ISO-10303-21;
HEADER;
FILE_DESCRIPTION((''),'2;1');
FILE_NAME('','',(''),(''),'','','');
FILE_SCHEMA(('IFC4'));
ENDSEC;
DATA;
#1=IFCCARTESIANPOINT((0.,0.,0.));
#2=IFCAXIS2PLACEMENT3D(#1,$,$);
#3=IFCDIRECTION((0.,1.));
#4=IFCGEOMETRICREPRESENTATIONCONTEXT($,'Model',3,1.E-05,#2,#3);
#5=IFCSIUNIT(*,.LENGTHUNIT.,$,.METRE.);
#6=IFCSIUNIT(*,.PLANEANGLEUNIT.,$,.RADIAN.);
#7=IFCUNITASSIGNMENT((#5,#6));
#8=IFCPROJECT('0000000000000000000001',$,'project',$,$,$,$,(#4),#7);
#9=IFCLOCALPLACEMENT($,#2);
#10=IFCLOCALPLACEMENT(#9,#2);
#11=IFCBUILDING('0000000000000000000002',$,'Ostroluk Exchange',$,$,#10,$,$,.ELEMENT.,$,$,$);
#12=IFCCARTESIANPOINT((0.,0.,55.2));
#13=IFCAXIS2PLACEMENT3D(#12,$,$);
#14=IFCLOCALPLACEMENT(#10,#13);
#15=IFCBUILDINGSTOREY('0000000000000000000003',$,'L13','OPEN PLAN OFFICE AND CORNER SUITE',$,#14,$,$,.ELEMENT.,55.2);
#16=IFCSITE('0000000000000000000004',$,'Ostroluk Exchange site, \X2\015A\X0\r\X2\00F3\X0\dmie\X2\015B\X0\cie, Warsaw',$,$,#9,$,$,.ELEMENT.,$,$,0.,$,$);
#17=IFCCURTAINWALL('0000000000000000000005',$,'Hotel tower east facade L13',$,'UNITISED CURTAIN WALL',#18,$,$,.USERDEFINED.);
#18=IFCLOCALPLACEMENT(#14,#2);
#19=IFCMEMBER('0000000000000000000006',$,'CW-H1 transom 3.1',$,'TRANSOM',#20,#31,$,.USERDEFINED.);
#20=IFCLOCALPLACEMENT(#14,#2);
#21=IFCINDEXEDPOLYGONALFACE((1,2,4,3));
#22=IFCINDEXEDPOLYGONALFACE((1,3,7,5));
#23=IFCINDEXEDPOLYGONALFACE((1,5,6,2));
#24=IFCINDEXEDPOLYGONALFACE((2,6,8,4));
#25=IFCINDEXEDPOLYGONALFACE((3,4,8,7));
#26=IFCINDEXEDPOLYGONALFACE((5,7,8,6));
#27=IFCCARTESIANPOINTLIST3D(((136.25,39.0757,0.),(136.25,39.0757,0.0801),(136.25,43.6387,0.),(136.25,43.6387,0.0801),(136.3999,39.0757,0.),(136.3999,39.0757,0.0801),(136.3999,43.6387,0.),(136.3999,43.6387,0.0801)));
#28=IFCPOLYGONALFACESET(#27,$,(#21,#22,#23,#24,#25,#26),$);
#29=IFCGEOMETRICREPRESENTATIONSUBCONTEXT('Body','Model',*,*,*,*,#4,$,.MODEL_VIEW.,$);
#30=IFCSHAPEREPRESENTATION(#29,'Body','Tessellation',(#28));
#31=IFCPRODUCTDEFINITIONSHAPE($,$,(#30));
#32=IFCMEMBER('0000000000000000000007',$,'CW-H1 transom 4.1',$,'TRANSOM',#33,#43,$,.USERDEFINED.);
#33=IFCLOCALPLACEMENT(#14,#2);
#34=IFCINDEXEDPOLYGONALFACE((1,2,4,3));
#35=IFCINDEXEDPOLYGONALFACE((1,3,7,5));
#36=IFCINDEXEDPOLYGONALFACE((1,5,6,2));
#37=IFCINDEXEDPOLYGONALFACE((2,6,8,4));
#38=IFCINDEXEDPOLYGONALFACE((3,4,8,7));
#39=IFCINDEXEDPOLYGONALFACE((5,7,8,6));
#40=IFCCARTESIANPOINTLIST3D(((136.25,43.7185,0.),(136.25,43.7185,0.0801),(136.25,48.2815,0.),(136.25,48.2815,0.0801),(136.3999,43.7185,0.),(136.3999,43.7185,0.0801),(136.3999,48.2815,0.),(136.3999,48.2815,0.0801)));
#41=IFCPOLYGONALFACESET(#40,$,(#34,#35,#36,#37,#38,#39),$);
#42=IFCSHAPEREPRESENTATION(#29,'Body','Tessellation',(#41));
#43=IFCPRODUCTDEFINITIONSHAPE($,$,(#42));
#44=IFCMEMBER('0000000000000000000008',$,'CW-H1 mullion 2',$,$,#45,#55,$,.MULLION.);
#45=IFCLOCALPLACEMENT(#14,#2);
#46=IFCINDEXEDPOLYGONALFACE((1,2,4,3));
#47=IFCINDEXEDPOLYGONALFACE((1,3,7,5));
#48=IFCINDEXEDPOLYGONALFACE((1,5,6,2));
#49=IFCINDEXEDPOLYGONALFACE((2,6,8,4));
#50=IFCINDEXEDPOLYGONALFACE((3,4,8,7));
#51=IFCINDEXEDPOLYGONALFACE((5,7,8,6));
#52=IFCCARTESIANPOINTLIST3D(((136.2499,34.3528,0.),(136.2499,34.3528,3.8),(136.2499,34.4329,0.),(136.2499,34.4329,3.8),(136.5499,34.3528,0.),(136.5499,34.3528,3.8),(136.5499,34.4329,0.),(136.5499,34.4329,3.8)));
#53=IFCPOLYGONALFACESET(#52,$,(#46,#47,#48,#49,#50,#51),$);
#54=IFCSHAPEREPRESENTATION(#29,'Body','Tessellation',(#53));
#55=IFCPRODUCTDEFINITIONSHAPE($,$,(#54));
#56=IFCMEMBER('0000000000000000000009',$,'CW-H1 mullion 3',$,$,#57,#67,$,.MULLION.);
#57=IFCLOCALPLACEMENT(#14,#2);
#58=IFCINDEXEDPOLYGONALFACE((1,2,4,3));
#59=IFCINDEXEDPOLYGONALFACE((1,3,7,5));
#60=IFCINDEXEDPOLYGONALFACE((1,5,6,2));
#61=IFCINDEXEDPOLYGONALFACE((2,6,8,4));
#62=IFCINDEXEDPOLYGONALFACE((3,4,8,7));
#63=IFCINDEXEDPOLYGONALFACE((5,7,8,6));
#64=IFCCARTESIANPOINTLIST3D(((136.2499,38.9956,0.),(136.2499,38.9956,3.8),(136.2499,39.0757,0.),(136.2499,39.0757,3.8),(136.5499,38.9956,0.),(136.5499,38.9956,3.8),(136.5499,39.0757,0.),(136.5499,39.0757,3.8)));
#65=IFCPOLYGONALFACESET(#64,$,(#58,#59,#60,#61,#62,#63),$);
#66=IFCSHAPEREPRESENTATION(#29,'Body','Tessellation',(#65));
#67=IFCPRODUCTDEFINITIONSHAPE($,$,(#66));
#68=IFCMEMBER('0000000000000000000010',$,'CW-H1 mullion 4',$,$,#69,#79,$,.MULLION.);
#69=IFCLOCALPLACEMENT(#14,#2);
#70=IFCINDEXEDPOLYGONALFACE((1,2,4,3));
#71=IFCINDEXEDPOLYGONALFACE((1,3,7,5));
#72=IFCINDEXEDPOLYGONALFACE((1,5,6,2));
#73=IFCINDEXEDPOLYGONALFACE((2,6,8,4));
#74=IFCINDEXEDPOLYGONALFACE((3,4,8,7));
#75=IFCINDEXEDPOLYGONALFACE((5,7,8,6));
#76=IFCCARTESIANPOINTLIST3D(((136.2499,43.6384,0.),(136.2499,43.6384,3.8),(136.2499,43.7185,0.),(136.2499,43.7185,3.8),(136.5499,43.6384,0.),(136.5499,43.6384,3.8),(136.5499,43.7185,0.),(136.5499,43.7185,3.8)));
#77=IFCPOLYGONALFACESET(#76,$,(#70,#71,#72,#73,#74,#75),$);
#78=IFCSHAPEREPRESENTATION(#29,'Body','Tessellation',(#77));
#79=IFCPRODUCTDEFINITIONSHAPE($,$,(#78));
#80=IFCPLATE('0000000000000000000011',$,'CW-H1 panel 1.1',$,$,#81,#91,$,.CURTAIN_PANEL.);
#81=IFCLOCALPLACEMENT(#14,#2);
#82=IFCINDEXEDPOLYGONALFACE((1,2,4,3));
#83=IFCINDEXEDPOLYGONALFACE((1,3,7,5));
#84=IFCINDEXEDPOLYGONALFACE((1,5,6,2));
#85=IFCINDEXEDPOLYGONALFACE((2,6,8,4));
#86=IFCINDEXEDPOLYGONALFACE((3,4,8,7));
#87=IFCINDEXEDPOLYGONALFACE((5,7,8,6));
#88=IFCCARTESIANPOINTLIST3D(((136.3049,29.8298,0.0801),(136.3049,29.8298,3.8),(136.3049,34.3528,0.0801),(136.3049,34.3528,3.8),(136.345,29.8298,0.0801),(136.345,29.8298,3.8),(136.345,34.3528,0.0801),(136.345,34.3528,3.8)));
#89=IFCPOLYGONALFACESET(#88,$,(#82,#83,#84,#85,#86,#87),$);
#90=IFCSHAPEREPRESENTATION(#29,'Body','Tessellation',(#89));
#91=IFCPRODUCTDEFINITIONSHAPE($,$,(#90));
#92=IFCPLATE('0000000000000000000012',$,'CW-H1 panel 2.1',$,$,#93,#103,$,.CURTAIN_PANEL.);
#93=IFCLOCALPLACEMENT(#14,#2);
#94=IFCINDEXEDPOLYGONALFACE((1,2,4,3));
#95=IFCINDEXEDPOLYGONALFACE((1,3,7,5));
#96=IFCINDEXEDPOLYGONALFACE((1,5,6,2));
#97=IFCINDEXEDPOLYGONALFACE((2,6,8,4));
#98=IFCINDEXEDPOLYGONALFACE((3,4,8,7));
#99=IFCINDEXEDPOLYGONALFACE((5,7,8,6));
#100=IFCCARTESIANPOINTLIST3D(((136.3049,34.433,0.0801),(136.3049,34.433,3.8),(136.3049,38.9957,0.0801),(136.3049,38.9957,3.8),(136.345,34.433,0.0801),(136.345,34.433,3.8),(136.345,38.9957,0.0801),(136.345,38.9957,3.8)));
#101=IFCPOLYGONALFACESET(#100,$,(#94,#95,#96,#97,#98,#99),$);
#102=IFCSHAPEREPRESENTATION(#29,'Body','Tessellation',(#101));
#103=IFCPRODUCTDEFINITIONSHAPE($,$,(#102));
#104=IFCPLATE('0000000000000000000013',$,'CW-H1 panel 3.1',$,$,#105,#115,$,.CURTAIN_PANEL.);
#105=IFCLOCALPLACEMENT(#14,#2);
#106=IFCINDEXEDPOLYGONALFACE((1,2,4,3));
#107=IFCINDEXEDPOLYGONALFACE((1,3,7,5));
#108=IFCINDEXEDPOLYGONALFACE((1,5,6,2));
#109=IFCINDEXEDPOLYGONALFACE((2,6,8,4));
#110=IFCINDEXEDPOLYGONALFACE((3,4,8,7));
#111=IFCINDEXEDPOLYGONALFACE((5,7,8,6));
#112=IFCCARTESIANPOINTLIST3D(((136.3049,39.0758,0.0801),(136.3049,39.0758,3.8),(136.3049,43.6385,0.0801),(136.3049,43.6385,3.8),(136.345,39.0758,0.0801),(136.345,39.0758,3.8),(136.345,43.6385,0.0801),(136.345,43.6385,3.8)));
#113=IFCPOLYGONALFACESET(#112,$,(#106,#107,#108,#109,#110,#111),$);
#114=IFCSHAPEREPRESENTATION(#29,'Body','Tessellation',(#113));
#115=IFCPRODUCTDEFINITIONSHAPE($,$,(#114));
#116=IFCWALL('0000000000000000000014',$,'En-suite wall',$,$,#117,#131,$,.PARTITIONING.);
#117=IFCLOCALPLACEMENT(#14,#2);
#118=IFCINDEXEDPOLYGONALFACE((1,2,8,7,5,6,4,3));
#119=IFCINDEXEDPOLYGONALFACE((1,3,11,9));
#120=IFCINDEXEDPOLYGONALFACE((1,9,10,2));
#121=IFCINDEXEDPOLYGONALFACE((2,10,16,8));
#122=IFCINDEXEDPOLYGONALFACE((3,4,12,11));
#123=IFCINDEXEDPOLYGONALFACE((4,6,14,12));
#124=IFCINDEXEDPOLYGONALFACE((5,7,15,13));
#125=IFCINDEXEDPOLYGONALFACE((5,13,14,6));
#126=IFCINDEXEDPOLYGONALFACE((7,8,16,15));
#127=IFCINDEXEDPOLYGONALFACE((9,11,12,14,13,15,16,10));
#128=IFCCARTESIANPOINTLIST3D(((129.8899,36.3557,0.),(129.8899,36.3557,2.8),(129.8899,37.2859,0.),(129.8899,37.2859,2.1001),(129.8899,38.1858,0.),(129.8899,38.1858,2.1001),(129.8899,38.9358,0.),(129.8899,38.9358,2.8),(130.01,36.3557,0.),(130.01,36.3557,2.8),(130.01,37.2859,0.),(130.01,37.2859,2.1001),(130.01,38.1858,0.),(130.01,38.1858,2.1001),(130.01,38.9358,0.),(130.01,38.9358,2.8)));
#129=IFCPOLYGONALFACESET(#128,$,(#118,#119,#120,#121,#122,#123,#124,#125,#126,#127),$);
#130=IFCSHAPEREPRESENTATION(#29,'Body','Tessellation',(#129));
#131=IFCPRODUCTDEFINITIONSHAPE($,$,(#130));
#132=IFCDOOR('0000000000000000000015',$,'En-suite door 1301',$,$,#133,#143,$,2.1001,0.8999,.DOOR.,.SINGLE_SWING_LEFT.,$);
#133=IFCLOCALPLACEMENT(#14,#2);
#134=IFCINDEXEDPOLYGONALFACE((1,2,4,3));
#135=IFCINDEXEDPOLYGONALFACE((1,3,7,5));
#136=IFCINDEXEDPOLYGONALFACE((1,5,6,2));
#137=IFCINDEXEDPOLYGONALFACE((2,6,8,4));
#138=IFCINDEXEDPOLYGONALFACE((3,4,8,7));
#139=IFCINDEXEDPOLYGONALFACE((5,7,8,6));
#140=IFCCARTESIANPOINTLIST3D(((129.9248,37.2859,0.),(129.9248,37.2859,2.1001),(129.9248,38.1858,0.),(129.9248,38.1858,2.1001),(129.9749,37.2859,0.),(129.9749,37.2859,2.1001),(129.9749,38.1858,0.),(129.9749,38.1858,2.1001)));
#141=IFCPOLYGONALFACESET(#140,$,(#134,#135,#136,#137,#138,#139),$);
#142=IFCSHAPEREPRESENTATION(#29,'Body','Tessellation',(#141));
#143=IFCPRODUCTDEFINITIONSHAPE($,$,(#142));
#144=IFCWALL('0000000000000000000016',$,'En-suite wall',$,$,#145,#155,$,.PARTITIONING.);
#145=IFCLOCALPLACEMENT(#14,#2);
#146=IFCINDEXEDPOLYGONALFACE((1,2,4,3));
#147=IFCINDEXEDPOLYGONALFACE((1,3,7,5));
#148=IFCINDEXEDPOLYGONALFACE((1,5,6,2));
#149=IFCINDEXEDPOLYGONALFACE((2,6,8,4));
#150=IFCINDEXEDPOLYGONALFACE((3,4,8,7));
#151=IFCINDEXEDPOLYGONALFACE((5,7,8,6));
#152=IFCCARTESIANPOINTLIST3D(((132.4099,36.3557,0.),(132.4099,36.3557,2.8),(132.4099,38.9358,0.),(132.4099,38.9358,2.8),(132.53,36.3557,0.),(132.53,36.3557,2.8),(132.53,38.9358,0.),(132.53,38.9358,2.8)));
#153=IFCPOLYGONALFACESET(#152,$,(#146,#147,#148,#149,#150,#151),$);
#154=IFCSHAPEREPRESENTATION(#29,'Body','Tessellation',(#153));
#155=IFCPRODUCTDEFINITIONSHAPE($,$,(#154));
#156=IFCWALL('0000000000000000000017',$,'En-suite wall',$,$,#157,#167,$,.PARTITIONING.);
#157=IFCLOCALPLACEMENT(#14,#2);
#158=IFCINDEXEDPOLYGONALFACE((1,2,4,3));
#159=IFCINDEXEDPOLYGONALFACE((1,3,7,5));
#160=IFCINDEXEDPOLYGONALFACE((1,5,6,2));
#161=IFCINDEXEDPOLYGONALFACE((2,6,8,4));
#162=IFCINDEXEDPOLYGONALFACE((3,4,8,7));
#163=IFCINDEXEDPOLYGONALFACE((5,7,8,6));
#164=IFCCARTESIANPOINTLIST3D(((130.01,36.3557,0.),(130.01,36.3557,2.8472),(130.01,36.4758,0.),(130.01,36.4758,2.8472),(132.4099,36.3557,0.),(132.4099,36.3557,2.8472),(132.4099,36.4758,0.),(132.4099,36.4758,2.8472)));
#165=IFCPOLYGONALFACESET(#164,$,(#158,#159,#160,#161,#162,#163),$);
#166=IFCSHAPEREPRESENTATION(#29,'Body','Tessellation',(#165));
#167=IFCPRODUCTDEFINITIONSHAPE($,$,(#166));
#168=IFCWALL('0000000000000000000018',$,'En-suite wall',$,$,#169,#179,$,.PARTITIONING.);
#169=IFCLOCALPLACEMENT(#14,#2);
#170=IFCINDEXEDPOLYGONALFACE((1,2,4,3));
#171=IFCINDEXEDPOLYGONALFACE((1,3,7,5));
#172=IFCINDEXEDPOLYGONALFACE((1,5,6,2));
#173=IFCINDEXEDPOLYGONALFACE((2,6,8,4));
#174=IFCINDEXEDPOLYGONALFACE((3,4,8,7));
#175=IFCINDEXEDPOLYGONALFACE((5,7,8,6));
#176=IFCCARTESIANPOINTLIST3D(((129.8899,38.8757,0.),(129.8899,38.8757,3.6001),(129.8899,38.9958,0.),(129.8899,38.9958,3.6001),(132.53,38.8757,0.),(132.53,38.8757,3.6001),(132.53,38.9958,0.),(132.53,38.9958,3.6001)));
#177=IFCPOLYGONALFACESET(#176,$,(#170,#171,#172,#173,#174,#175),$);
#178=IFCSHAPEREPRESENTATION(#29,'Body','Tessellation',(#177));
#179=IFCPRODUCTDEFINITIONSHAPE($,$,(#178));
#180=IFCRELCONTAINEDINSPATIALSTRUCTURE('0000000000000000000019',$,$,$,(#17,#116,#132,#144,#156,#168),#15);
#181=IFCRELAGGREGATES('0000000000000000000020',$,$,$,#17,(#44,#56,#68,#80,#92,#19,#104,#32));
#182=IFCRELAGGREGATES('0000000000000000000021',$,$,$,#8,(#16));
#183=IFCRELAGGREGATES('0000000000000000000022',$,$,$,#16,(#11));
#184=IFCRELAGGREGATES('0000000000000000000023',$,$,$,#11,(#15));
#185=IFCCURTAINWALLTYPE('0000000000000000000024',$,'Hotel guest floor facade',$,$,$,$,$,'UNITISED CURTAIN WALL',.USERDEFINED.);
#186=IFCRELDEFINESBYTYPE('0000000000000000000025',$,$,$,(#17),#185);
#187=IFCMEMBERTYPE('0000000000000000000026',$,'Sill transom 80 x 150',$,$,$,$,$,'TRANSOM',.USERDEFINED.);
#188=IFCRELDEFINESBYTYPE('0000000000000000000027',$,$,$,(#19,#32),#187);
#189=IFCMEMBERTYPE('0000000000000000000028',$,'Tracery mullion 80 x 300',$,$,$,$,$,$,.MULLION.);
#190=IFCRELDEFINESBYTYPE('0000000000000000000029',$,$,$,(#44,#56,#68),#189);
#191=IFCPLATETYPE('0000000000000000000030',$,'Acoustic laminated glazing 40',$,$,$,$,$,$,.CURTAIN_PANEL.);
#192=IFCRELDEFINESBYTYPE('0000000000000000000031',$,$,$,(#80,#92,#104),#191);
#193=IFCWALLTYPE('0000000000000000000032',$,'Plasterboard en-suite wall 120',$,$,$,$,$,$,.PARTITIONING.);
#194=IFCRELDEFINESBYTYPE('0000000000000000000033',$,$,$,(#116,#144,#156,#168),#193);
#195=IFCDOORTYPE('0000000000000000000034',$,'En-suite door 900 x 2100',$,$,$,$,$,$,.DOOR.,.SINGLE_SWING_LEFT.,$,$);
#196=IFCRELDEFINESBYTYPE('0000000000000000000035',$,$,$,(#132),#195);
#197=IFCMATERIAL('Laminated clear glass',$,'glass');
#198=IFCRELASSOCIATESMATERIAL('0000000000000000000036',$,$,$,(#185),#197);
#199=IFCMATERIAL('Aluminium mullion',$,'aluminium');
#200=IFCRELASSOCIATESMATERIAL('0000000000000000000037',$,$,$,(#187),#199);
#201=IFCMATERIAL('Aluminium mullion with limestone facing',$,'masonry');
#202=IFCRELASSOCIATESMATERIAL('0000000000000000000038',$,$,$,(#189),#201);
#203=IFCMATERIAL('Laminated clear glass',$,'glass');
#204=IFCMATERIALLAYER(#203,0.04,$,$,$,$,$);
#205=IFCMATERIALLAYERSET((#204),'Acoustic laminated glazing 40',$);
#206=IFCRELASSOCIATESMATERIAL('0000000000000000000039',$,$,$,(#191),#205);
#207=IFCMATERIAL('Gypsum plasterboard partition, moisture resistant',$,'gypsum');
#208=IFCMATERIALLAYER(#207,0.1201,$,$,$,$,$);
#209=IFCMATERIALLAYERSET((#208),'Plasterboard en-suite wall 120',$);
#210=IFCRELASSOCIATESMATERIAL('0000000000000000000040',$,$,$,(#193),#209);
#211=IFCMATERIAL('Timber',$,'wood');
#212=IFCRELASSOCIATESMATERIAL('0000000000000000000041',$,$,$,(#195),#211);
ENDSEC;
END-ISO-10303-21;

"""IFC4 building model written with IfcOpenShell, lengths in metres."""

from ifc_helpers import new_model, si_unit, direction, frame, frame_2d, origin, origin_2d, place, context, subcontext, project, spatial, rectangle, extrude, material, layer, layer_set, material_profile, profile_set, type_object, element, fill, aggregate, save


model = new_model("IFC4")

# Units and contexts
model_context = context("Model", 3, precision=1e-05, world=origin(), true_north=direction((0.0, 1.0)))
body_context = subcontext(model_context, "Body", "Model", "MODEL_VIEW")
ifc_project = project(units=[si_unit("LENGTHUNIT", "METRE"), si_unit("PLANEANGLEUNIT", "RADIAN")], contexts=[model_context])

# Site, building, storey
site_placement = place(None, origin())
site = spatial("IfcSite", under=ifc_project, at=site_placement, Name="Ostroluk Exchange site, Śródmieście, Warsaw", CompositionType="ELEMENT", RefElevation=0.0)
building_placement = place(site_placement, origin())
building = spatial("IfcBuilding", under=site, at=building_placement, Name="Ostroluk Exchange", CompositionType="ELEMENT")
storey_placement = place(building_placement, frame((0.0, 0.0, 55.2)))
storey = spatial("IfcBuildingStorey", under=building, at=storey_placement, Name="L13", Description="OPEN PLAN OFFICE AND CORNER SUITE", CompositionType="ELEMENT", Elevation=55.2)

# Curtain wall, members, plates
ifc_material_1 = material(Name="Laminated clear glass", Category="glass")
curtain_wall_type = type_object("IfcCurtainWallType", Name="Hotel guest floor facade", ElementType="UNITISED CURTAIN WALL", PredefinedType="USERDEFINED", material=ifc_material_1)
curtain_wall_placement = place(storey_placement, origin())
curtain_wall = element("IfcCurtainWall", 1, at=curtain_wall_placement, inside=storey, type_object=curtain_wall_type, Name="Hotel tower east facade L13", ObjectType="UNITISED CURTAIN WALL", PredefinedType="USERDEFINED")
ifc_material_2 = material(Name="Aluminium mullion", Category="aluminium")
ifc_material_profile_1 = material_profile(ifc_material_2, rectangle(XDim=0.1499, YDim=0.0801, at=origin_2d()), Name="Sill transom 80 x 150")
ifc_profile_set_1 = profile_set([ifc_material_profile_1], Name="Aluminium mullion")
member_type_1 = type_object("IfcMemberType", Name="Sill transom 80 x 150", ElementType="TRANSOM", PredefinedType="USERDEFINED", material=ifc_profile_set_1)
member_1_placement = place(storey_placement, frame((136.325, 39.0757, 0.04), z_axis=(0.0, 1.0, 0.0), x_axis=(-1.0, 0.0, 0.0)))
member_1 = element("IfcMember", 2, at=member_1_placement, type_object=member_type_1, Name="CW-H1 transom 3.1", ObjectType="TRANSOM", PredefinedType="USERDEFINED", context=body_context, shape_type="SweptSolid", body=[
    extrude(rectangle(XDim=0.1499, YDim=0.0801, at=origin_2d()), origin(), (0.0, 0.0, 1.0), 4.563),
])
member_2_placement = place(storey_placement, frame((136.325, 43.7185, 0.04), z_axis=(0.0, 1.0, 0.0), x_axis=(-1.0, 0.0, 0.0)))
member_2 = element("IfcMember", 3, at=member_2_placement, type_object=member_type_1, Name="CW-H1 transom 4.1", ObjectType="TRANSOM", PredefinedType="USERDEFINED", context=body_context, shape_type="SweptSolid", body=[
    extrude(rectangle(XDim=0.1499, YDim=0.0801, at=origin_2d()), origin(), (0.0, 0.0, 1.0), 4.563),
])
ifc_material_3 = material(Name="Aluminium mullion with limestone facing", Category="masonry")
ifc_material_profile_2 = material_profile(ifc_material_3, rectangle(XDim=0.3, YDim=0.0801, at=origin_2d()), Name="Tracery mullion 80 x 300")
ifc_profile_set_2 = profile_set([ifc_material_profile_2], Name="Aluminium mullion with limestone facing")
member_type_2 = type_object("IfcMemberType", Name="Tracery mullion 80 x 300", PredefinedType="MULLION", material=ifc_profile_set_2)
member_3_placement = place(storey_placement, frame((136.3999, 34.3928, 0.0), z_axis=(0.0, 0.0, 1.0), x_axis=(-1.0, 0.0, 0.0)))
member_3 = element("IfcMember", 4, at=member_3_placement, type_object=member_type_2, Name="CW-H1 mullion 2", PredefinedType="MULLION", context=body_context, shape_type="SweptSolid", body=[
    extrude(rectangle(XDim=0.3, YDim=0.0801, at=origin_2d()), origin(), (0.0, 0.0, 1.0), 3.8),
])
member_4_placement = place(storey_placement, frame((136.3999, 39.0356, 0.0), z_axis=(0.0, 0.0, 1.0), x_axis=(-1.0, 0.0, 0.0)))
member_4 = element("IfcMember", 5, at=member_4_placement, type_object=member_type_2, Name="CW-H1 mullion 3", PredefinedType="MULLION", context=body_context, shape_type="SweptSolid", body=[
    extrude(rectangle(XDim=0.3, YDim=0.0801, at=origin_2d()), origin(), (0.0, 0.0, 1.0), 3.8),
])
member_5_placement = place(storey_placement, frame((136.3999, 43.6785, 0.0), z_axis=(0.0, 0.0, 1.0), x_axis=(-1.0, 0.0, 0.0)))
member_5 = element("IfcMember", 6, at=member_5_placement, type_object=member_type_2, Name="CW-H1 mullion 4", PredefinedType="MULLION", context=body_context, shape_type="SweptSolid", body=[
    extrude(rectangle(XDim=0.3, YDim=0.0801, at=origin_2d()), origin(), (0.0, 0.0, 1.0), 3.8),
])
ifc_material_4 = material(Name="Laminated clear glass", Category="glass")
ifc_layer_1 = layer(ifc_material_4, 0.04)
ifc_layer_set_1 = layer_set([ifc_layer_1], Name="Acoustic laminated glazing 40")
plate_type = type_object("IfcPlateType", Name="Acoustic laminated glazing 40", PredefinedType="CURTAIN_PANEL", material=ifc_layer_set_1)
plate_1_placement = place(storey_placement, frame((136.325, 32.0913, 0.0801), z_axis=(0.0, 0.0, 1.0), x_axis=(0.0, 1.0, 0.0)))
plate_1 = element("IfcPlate", 7, at=plate_1_placement, type_object=plate_type, Name="CW-H1 panel 1.1", PredefinedType="CURTAIN_PANEL", context=body_context, shape_type="SweptSolid", body=[
    extrude(rectangle(XDim=4.5229, YDim=0.04, at=origin_2d()), origin(), (0.0, 0.0, 1.0), 3.72),
])
plate_2_placement = place(storey_placement, frame((136.325, 36.7144, 0.0801), z_axis=(0.0, 0.0, 1.0), x_axis=(0.0, 1.0, 0.0)))
plate_2 = element("IfcPlate", 8, at=plate_2_placement, type_object=plate_type, Name="CW-H1 panel 2.1", PredefinedType="CURTAIN_PANEL", context=body_context, shape_type="SweptSolid", body=[
    extrude(rectangle(XDim=4.5627, YDim=0.04, at=origin_2d()), origin(), (0.0, 0.0, 1.0), 3.72),
])
plate_3_placement = place(storey_placement, frame((136.325, 41.3572, 0.0801), z_axis=(0.0, 0.0, 1.0), x_axis=(0.0, 1.0, 0.0)))
plate_3 = element("IfcPlate", 9, at=plate_3_placement, type_object=plate_type, Name="CW-H1 panel 3.1", PredefinedType="CURTAIN_PANEL", context=body_context, shape_type="SweptSolid", body=[
    extrude(rectangle(XDim=4.5627, YDim=0.04, at=origin_2d()), origin(), (0.0, 0.0, 1.0), 3.72),
])
aggregate(curtain_wall, [member_3, member_4, member_5, plate_1, plate_2, member_1, plate_3, member_2])

# Wall, opening, door
ifc_material_5 = material(Name="Gypsum plasterboard partition, moisture resistant", Category="gypsum")
ifc_layer_2 = layer(ifc_material_5, 0.1201)
ifc_layer_set_2 = layer_set([ifc_layer_2], Name="Plasterboard en-suite wall 120")
wall_type_1 = type_object("IfcWallType", Name="Plasterboard en-suite wall 120", PredefinedType="PARTITIONING", material=ifc_layer_set_2)
wall_1_placement = place(storey_placement, frame((129.95, 38.9358, 0.0), z_axis=(0.0, 0.0, 1.0), x_axis=(0.0, -1.0, 0.0)))
wall_1 = element("IfcWall", 10, at=wall_1_placement, inside=storey, type_object=wall_type_1, Name="En-suite wall", PredefinedType="PARTITIONING", context=body_context, shape_type="SweptSolid", body=[
    extrude(rectangle(XDim=2.5801, YDim=0.1201, at=frame_2d((1.29, 0.0))), origin(), (0.0, 0.0, 1.0), 2.8),
])
opening_1_placement = place(wall_1_placement, frame((0.75, 0.0, 0.0)))
opening_1 = element("IfcOpeningElement", 11, at=opening_1_placement, cuts=wall_1, PredefinedType="OPENING", context=body_context, shape_type="SweptSolid", body=[
    extrude(rectangle(XDim=0.8999, YDim=2.1001, at=frame_2d((0.45, 1.05))), frame((0.0, 0.0701, 0.0), z_axis=(0.0, -1.0, 0.0), x_axis=(1.0, 0.0, 0.0)), (0.0, 0.0, 1.0), 0.1401),
])
ifc_material_6 = material(Name="Timber", Category="wood")
door_type_1 = type_object("IfcDoorType", Name="En-suite door 900 x 2100", OperationType="SINGLE_SWING_LEFT", PredefinedType="DOOR", material=ifc_material_6)
door_1_placement = place(opening_1_placement, origin())
door_1 = element("IfcDoor", 12, at=door_1_placement, inside=storey, type_object=door_type_1, Name="En-suite door 1301", OperationType="SINGLE_SWING_LEFT", OverallHeight=2.1001, OverallWidth=0.8999, PredefinedType="DOOR", context=body_context, shape_type="SweptSolid", body=[
    extrude(rectangle(XDim=0.8999, YDim=2.1001, at=frame_2d((0.45, 1.05))), frame((0.0, 0.0249, 0.0), z_axis=(0.0, -1.0, 0.0), x_axis=(1.0, 0.0, 0.0)), (0.0, 0.0, 1.0), 0.05),
])
fill(opening_1, door_1)

# Walls
wall_2_placement = place(storey_placement, frame((132.47, 38.9358, 0.0), z_axis=(0.0, 0.0, 1.0), x_axis=(0.0, -1.0, 0.0)))
element("IfcWall", 13, at=wall_2_placement, inside=storey, type_object=wall_type_1, Name="En-suite wall", PredefinedType="PARTITIONING", context=body_context, shape_type="SweptSolid", body=[
    extrude(rectangle(XDim=2.5801, YDim=0.1201, at=frame_2d((1.29, 0.0))), origin(), (0.0, 0.0, 1.0), 2.8),
])
wall_3_placement = place(storey_placement, frame((130.01, 36.4158, 0.0), z_axis=(0.0, 0.0, 1.0), x_axis=(1.0, 0.0, 0.0)))
element("IfcWall", 14, at=wall_3_placement, inside=storey, type_object=wall_type_1, Name="En-suite wall", PredefinedType="PARTITIONING", context=body_context, shape_type="SweptSolid", body=[
    extrude(rectangle(XDim=2.3999, YDim=0.1201, at=frame_2d((1.2, 0.0))), origin(), (0.0, 0.0, 1.0), 2.8472),
])
wall_4_placement = place(storey_placement, frame((129.8899, 38.9358, 0.0), z_axis=(0.0, 0.0, 1.0), x_axis=(1.0, 0.0, 0.0)))
element("IfcWall", 15, at=wall_4_placement, inside=storey, type_object=wall_type_1, Name="En-suite wall", PredefinedType="PARTITIONING", context=body_context, shape_type="SweptSolid", body=[
    extrude(rectangle(XDim=2.6401, YDim=0.1201, at=frame_2d((1.3201, 0.0))), origin(), (0.0, 0.0, 1.0), 3.6001),
])

save(model, "model.ifc")
